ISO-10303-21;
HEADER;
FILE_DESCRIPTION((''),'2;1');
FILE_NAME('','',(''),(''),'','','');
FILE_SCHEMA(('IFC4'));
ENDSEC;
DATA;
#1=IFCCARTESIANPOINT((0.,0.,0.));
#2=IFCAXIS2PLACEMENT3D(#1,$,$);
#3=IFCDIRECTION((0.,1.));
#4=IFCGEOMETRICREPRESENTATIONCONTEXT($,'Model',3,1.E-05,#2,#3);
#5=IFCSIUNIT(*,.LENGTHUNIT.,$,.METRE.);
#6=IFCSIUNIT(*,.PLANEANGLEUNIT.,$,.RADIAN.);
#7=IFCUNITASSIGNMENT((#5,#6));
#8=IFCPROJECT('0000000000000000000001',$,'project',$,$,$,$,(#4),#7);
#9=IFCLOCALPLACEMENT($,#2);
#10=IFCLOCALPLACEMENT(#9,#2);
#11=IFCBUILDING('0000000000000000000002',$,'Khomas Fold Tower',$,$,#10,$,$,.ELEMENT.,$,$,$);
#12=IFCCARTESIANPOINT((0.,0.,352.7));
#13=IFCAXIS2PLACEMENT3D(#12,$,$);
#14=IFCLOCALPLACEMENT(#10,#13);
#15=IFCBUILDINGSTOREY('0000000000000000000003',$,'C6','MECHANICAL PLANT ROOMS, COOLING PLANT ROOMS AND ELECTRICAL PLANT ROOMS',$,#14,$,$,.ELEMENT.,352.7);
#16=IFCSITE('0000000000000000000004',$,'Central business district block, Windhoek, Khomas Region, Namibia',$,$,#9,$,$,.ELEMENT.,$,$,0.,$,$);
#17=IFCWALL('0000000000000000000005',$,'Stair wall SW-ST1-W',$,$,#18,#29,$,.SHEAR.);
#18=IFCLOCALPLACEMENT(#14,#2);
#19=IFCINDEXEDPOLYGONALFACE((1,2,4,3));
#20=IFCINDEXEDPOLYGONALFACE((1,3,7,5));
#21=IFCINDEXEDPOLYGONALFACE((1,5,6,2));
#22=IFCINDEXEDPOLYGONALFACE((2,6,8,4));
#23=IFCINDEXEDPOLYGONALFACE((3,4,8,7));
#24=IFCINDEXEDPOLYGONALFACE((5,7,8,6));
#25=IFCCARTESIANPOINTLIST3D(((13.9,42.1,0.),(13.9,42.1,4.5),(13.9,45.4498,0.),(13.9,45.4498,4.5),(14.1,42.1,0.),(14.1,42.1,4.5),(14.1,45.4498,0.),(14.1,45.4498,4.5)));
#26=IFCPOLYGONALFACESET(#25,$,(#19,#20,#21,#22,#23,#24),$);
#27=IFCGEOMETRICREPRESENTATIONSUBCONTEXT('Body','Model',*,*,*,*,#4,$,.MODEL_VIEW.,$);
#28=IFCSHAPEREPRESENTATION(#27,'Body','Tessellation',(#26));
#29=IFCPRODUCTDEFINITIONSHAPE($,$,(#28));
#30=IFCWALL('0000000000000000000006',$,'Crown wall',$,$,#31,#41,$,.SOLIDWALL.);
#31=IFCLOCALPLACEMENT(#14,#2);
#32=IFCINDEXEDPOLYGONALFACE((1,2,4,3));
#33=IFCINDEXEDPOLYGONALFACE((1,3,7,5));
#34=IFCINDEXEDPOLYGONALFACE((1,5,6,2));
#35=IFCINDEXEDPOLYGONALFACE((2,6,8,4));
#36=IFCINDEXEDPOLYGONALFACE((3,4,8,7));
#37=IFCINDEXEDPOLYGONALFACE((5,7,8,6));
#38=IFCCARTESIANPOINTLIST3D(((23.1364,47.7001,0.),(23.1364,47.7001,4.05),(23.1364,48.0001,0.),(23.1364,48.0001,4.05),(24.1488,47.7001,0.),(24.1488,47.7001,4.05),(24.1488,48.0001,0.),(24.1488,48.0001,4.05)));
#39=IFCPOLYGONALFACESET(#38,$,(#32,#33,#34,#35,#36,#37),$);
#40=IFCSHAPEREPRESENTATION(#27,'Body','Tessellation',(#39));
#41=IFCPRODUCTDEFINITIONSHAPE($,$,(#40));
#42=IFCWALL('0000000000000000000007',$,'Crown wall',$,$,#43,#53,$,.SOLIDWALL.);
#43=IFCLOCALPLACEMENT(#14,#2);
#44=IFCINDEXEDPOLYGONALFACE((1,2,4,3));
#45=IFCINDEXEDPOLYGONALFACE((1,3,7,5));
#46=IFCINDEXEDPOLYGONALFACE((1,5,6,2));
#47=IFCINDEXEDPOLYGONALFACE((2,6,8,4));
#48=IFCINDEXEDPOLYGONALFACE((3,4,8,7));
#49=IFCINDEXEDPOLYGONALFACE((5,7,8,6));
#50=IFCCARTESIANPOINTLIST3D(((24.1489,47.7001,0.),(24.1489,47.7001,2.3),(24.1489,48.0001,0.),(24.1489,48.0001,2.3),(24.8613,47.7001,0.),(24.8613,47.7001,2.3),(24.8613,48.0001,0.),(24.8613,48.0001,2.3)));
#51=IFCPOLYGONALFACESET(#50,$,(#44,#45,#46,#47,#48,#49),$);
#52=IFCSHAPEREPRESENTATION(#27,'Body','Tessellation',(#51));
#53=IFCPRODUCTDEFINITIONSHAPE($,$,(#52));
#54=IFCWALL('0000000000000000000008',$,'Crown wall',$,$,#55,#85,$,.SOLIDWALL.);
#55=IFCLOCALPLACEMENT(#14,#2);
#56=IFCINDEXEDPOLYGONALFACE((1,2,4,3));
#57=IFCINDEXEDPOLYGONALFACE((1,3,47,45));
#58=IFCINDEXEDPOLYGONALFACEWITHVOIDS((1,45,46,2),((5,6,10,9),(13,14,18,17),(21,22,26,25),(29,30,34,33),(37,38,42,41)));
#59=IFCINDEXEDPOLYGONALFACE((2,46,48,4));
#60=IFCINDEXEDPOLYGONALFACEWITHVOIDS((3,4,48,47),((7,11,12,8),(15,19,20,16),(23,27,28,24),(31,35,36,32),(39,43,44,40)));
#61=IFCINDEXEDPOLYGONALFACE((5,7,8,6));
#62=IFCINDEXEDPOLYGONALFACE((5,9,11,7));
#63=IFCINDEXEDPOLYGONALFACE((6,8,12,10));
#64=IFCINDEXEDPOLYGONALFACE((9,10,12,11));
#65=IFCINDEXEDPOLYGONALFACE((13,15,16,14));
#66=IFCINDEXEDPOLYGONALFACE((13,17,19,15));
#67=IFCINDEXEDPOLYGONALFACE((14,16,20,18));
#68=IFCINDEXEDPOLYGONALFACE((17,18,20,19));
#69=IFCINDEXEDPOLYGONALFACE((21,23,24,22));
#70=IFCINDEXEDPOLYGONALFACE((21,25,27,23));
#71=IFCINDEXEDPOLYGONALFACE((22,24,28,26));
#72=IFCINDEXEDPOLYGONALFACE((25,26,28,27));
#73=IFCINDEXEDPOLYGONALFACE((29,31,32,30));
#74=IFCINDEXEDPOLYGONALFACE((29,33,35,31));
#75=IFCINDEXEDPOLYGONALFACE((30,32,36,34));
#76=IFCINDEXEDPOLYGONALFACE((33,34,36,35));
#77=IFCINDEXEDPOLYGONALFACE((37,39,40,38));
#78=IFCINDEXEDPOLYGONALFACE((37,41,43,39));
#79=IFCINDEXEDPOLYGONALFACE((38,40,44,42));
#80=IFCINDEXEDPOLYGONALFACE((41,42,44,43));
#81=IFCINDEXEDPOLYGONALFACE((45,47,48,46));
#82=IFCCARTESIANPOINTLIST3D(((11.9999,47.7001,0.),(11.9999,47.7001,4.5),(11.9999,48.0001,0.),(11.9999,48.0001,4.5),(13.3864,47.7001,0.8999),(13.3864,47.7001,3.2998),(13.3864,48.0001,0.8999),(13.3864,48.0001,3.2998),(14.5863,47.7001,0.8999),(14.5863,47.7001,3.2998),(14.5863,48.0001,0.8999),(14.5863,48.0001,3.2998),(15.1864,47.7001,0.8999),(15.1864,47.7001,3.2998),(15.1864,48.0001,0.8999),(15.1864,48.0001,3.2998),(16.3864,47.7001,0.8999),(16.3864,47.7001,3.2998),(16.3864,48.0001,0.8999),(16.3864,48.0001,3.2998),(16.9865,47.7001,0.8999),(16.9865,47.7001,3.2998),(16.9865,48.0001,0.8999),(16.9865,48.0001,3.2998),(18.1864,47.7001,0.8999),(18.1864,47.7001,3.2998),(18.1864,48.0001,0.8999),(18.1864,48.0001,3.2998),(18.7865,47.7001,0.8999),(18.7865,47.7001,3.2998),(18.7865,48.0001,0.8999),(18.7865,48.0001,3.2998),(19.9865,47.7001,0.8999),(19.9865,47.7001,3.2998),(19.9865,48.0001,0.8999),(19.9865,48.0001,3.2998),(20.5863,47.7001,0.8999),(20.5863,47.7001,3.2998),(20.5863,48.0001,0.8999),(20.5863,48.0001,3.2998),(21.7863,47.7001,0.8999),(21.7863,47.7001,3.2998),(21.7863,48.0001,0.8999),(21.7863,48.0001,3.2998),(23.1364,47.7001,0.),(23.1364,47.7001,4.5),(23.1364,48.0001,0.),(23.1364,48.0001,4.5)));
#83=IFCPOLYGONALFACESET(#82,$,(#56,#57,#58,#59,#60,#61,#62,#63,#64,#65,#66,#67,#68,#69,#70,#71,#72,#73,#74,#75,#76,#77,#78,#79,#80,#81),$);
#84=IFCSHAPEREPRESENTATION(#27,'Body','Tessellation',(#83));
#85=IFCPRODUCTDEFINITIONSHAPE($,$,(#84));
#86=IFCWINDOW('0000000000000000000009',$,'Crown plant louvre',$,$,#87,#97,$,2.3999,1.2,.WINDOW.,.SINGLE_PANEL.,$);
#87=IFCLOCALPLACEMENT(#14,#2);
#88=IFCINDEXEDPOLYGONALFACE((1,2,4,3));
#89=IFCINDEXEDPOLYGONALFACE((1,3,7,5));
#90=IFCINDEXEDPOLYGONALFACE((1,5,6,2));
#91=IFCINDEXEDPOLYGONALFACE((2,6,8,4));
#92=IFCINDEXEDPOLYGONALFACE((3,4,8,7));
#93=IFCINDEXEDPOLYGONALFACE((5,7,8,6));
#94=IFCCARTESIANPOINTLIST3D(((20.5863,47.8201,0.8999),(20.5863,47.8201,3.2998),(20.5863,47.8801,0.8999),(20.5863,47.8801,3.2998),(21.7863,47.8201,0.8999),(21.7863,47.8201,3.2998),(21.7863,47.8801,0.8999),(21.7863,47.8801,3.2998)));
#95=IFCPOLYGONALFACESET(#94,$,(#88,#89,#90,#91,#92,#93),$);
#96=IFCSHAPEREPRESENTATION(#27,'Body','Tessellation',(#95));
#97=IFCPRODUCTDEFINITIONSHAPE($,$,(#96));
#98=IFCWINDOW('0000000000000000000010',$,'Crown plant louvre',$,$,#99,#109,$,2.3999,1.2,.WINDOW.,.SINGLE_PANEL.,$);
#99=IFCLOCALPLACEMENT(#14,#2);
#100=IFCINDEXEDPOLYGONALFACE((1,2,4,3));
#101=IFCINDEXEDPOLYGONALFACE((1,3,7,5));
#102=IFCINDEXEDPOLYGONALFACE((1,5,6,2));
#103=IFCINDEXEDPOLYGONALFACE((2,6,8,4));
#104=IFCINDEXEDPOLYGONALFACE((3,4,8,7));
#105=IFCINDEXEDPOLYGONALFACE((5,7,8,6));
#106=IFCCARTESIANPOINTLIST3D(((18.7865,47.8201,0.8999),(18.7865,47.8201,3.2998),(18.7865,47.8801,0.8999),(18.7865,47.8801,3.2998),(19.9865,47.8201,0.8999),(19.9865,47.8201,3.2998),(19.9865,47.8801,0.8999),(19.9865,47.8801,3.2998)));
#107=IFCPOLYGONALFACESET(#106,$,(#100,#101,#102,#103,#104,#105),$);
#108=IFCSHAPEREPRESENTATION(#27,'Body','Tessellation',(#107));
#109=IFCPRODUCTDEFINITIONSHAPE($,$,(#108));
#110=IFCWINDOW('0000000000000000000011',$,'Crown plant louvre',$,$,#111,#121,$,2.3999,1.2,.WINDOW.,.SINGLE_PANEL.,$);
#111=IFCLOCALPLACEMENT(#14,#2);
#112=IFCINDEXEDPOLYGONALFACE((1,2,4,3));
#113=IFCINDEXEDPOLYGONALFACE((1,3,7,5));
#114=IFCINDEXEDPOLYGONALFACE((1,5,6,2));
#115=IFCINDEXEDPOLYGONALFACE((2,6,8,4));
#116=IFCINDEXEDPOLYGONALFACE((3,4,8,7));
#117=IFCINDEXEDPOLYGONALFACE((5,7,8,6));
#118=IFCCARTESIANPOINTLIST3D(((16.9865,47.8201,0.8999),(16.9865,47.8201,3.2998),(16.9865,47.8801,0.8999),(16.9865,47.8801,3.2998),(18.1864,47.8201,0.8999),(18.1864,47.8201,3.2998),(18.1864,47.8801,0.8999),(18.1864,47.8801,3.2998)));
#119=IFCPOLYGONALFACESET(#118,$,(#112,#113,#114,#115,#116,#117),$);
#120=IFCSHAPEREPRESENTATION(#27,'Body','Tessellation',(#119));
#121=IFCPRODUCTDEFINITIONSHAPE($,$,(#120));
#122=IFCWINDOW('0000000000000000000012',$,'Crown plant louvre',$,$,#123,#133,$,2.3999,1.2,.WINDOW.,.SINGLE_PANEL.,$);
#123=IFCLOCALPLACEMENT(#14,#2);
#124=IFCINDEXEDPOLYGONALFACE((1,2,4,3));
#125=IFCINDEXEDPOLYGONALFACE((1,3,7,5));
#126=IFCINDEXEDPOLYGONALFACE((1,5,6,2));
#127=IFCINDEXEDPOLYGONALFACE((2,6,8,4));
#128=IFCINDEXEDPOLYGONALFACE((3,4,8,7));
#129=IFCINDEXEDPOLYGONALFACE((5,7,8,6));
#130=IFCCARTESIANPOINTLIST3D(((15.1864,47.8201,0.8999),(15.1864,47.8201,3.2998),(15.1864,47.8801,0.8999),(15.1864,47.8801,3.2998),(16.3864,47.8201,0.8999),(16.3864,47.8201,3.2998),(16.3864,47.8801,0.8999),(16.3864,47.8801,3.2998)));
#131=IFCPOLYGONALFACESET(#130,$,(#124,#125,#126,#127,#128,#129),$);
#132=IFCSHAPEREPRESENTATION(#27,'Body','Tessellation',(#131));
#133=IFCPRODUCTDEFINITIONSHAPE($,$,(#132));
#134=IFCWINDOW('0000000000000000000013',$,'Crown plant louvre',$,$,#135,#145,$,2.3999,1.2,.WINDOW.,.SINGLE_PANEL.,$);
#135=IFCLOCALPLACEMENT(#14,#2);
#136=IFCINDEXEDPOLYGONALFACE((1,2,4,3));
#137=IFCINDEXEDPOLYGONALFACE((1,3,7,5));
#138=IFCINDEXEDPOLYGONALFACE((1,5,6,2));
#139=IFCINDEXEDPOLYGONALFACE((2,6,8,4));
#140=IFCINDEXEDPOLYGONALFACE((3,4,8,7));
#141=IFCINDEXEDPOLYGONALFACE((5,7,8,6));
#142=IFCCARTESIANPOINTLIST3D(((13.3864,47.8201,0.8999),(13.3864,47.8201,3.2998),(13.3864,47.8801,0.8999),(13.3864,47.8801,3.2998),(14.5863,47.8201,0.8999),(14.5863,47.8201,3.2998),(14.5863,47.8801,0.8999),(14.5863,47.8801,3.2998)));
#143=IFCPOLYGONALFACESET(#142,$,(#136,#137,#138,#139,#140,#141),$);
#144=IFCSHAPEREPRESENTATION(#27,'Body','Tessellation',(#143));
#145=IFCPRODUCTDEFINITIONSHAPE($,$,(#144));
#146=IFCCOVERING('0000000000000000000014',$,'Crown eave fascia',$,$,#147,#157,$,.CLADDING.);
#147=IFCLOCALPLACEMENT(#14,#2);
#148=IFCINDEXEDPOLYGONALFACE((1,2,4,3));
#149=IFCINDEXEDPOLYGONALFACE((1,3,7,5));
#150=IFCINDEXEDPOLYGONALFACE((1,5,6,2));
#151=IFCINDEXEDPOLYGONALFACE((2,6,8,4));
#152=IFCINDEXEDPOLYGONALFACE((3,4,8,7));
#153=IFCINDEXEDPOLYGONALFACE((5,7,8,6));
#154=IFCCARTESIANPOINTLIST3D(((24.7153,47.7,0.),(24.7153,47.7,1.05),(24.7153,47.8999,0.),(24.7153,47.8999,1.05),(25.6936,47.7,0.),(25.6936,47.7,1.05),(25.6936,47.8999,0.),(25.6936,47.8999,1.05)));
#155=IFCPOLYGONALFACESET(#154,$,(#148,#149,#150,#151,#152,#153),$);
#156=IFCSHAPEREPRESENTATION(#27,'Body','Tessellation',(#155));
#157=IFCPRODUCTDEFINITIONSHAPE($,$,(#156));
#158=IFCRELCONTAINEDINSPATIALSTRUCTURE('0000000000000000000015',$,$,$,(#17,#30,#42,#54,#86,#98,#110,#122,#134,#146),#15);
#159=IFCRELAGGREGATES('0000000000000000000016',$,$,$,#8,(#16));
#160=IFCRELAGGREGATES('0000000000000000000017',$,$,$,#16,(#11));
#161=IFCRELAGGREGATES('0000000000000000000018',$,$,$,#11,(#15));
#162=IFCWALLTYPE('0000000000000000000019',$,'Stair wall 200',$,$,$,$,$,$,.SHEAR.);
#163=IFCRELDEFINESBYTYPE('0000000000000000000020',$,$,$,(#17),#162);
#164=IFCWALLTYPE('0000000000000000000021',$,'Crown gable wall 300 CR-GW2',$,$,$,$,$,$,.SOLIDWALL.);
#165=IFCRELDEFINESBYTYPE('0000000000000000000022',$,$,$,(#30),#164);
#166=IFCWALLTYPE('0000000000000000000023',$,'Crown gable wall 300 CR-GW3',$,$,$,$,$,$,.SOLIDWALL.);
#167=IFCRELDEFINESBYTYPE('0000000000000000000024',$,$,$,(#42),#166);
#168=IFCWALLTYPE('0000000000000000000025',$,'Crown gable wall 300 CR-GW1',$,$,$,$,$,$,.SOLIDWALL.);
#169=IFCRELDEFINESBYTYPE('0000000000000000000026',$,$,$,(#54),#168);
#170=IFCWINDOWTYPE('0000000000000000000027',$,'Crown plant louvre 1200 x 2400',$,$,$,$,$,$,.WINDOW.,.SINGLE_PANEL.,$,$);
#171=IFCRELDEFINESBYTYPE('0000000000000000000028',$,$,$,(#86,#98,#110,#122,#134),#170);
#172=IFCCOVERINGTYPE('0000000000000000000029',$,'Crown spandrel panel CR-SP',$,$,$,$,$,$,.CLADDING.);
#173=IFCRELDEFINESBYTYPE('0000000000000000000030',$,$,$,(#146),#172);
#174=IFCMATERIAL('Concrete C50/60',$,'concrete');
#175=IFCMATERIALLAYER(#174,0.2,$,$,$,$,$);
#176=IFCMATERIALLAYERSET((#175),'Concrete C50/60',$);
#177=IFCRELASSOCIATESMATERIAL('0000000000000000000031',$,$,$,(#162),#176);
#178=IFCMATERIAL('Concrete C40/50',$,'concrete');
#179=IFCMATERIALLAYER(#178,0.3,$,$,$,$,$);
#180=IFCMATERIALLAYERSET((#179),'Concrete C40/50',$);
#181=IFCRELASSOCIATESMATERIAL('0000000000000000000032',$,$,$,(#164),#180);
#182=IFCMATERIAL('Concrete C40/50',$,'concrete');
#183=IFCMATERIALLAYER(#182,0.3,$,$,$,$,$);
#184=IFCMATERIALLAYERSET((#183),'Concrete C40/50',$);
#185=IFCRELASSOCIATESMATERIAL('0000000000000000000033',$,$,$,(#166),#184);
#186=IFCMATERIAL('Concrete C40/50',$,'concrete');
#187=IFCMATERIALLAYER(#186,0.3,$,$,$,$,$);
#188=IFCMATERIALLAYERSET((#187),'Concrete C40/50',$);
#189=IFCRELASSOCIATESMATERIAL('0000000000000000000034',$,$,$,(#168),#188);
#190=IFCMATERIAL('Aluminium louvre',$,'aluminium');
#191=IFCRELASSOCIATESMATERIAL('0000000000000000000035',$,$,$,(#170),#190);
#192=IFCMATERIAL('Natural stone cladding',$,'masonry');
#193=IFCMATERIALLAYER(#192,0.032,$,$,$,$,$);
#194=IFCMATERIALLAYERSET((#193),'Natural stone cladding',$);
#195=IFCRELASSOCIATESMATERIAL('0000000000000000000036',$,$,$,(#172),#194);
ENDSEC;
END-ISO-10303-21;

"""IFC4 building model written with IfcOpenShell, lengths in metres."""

from ifc_helpers import new_model, si_unit, direction, frame, frame_2d, origin, place, context, subcontext, project, spatial, polyline, rectangle, outline, extrude, source, transform, mapped, material, layer, layer_set, type_object, element, fill, save


model = new_model("IFC4")

# Units and contexts
model_context = context("Model", 3, precision=1e-05, world=origin(), true_north=direction((0.0, 1.0)))
body_context = subcontext(model_context, "Body", "Model", "MODEL_VIEW")
ifc_project = project(units=[si_unit("LENGTHUNIT", "METRE"), si_unit("PLANEANGLEUNIT", "RADIAN")], contexts=[model_context])

# Site, building, storey
site_placement = place(None, origin())
site = spatial("IfcSite", under=ifc_project, at=site_placement, Name="Central business district block, Windhoek, Khomas Region, Namibia", CompositionType="ELEMENT", RefElevation=0.0)
building_placement = place(site_placement, origin())
building = spatial("IfcBuilding", under=site, at=building_placement, Name="Khomas Fold Tower", CompositionType="ELEMENT")
storey_placement = place(building_placement, frame((0.0, 0.0, 352.7)))
storey = spatial("IfcBuildingStorey", under=building, at=storey_placement, Name="C6", Description="MECHANICAL PLANT ROOMS, COOLING PLANT ROOMS AND ELECTRICAL PLANT ROOMS", CompositionType="ELEMENT", Elevation=352.7)

# Shared definitions
ifc_material_1 = material(Name="Concrete C50/60", Category="concrete")
ifc_layer_1 = layer(ifc_material_1, 0.2)
ifc_layer_set_1 = layer_set([ifc_layer_1], Name="Concrete C50/60")
wall_type_1 = type_object("IfcWallType", Name="Stair wall 200", PredefinedType="SHEAR", material=ifc_layer_set_1)

# Walls
shared_shape_1 = source(origin(), body_context, "Body", "SweptSolid", [
    extrude(rectangle(XDim=3.3499, YDim=0.2, at=frame_2d((1.6748, 0.0))), origin(), (0.0, 0.0, 1.0), 4.5),
])
for number, where, z_axis, x_axis, name in (
    (1, (14.0, 42.1001, 0.0), (0.0, 0.0, 1.0), (0.0, 1.0, 0.0), "Stair wall SW-ST1-W"),
):
    element("IfcWall", number, at=place(storey_placement, frame(where, z_axis=z_axis, x_axis=x_axis)), inside=storey, type_object=wall_type_1, Name=name, PredefinedType="SHEAR", context=body_context, shape_type="MappedRepresentation", body=[
        mapped(shared_shape_1, transform((0.0, 0.0, 0.0))),
    ])
ifc_material_2 = material(Name="Concrete C40/50", Category="concrete")
ifc_layer_2 = layer(ifc_material_2, 0.3)
ifc_layer_set_2 = layer_set([ifc_layer_2], Name="Concrete C40/50")
wall_type_2 = type_object("IfcWallType", Name="Crown gable wall 300 CR-GW2", PredefinedType="SOLIDWALL", material=ifc_layer_set_2)
shared_shape_2 = source(origin(), body_context, "Body", "SweptSolid", [
    extrude(rectangle(XDim=1.0125, YDim=0.3, at=frame_2d((0.5063, 0.0))), origin(), (0.0, 0.0, 1.0), 4.05),
])
wall_1_placement = place(storey_placement, frame((24.1489, 47.8501, 0.0), z_axis=(0.0, 0.0, 1.0), x_axis=(-1.0, 0.0, 0.0)))
element("IfcWall", 2, at=wall_1_placement, inside=storey, type_object=wall_type_2, Name="Crown wall", PredefinedType="SOLIDWALL", context=body_context, shape_type="MappedRepresentation", body=[
    mapped(shared_shape_2, transform((0.0, 0.0, 0.0))),
])
ifc_material_3 = material(Name="Concrete C40/50", Category="concrete")
ifc_layer_3 = layer(ifc_material_3, 0.3)
ifc_layer_set_3 = layer_set([ifc_layer_3], Name="Concrete C40/50")
wall_type_3 = type_object("IfcWallType", Name="Crown gable wall 300 CR-GW3", PredefinedType="SOLIDWALL", material=ifc_layer_set_3)
shared_shape_3 = source(origin(), body_context, "Body", "SweptSolid", [
    extrude(rectangle(XDim=0.7124, YDim=0.3, at=frame_2d((0.3562, 0.0))), origin(), (0.0, 0.0, 1.0), 2.3),
])
wall_2_placement = place(storey_placement, frame((24.8613, 47.8501, 0.0), z_axis=(0.0, 0.0, 1.0), x_axis=(-1.0, 0.0, 0.0)))
element("IfcWall", 3, at=wall_2_placement, inside=storey, type_object=wall_type_3, Name="Crown wall", PredefinedType="SOLIDWALL", context=body_context, shape_type="MappedRepresentation", body=[
    mapped(shared_shape_3, transform((0.0, 0.0, 0.0))),
])

# Wall, openings, windows
ifc_material_4 = material(Name="Concrete C40/50", Category="concrete")
ifc_layer_4 = layer(ifc_material_4, 0.3)
ifc_layer_set_4 = layer_set([ifc_layer_4], Name="Concrete C40/50")
wall_type_4 = type_object("IfcWallType", Name="Crown gable wall 300 CR-GW1", PredefinedType="SOLIDWALL", material=ifc_layer_set_4)
shared_shape_4 = source(origin(), body_context, "Body", "SweptSolid", [
    extrude(rectangle(XDim=11.1365, YDim=0.3, at=frame_2d((5.5684, 0.0))), origin(), (0.0, 0.0, 1.0), 4.5),
])
wall_3_placement = place(storey_placement, frame((23.1365, 47.8501, 0.0), z_axis=(0.0, 0.0, 1.0), x_axis=(-1.0, 0.0, 0.0)))
wall_3 = element("IfcWall", 4, at=wall_3_placement, inside=storey, type_object=wall_type_4, Name="Crown wall", PredefinedType="SOLIDWALL", context=body_context, shape_type="MappedRepresentation", body=[
    mapped(shared_shape_4, transform((0.0, 0.0, 0.0))),
])
shared_shape_5 = source(origin(), body_context, "Body", "SweptSolid", [
    extrude(rectangle(XDim=1.2, YDim=2.3999, at=frame_2d((0.6001, 1.2))), frame((0.0, 0.1599, 0.0), z_axis=(0.0, -1.0, 0.0), x_axis=(1.0, 0.0, 0.0)), (0.0, 0.0, 1.0), 0.3201),
])
opening_1_placement = place(wall_3_placement, frame((1.3501, 0.0, 0.8999)))
opening_1 = element("IfcOpeningElement", 5, at=opening_1_placement, cuts=wall_3, PredefinedType="OPENING", context=body_context, shape_type="MappedRepresentation", body=[
    mapped(shared_shape_5, transform((0.0, 0.0, 0.0))),
])
opening_2_placement = place(wall_3_placement, frame((3.1499, 0.0, 0.8999)))
opening_2 = element("IfcOpeningElement", 6, at=opening_2_placement, cuts=wall_3, PredefinedType="OPENING", context=body_context, shape_type="MappedRepresentation", body=[
    mapped(shared_shape_5, transform((0.0, 0.0, 0.0))),
])
opening_3_placement = place(wall_3_placement, frame((4.95, 0.0, 0.8999)))
opening_3 = element("IfcOpeningElement", 7, at=opening_3_placement, cuts=wall_3, PredefinedType="OPENING", context=body_context, shape_type="MappedRepresentation", body=[
    mapped(shared_shape_5, transform((0.0, 0.0, 0.0))),
])
opening_4_placement = place(wall_3_placement, frame((6.75, 0.0, 0.8999)))
opening_4 = element("IfcOpeningElement", 8, at=opening_4_placement, cuts=wall_3, PredefinedType="OPENING", context=body_context, shape_type="MappedRepresentation", body=[
    mapped(shared_shape_5, transform((0.0, 0.0, 0.0))),
])
opening_5_placement = place(wall_3_placement, frame((8.55, 0.0, 0.8999)))
opening_5 = element("IfcOpeningElement", 9, at=opening_5_placement, cuts=wall_3, PredefinedType="OPENING", context=body_context, shape_type="MappedRepresentation", body=[
    mapped(shared_shape_5, transform((0.0, 0.0, 0.0))),
])
ifc_material_5 = material(Name="Aluminium louvre", Category="aluminium")
window_type = type_object("IfcWindowType", Name="Crown plant louvre 1200 x 2400", PartitioningType="SINGLE_PANEL", PredefinedType="WINDOW", material=ifc_material_5)
shared_shape_6 = source(origin(), body_context, "Body", "SweptSolid", [
    extrude(rectangle(XDim=1.2, YDim=2.3999, at=frame_2d((0.6001, 1.2))), frame((0.0, 0.03, 0.0), z_axis=(0.0, -1.0, 0.0), x_axis=(1.0, 0.0, 0.0)), (0.0, 0.0, 1.0), 0.0601),
])
window_1_placement = place(opening_1_placement, origin())
window_1 = element("IfcWindow", 10, at=window_1_placement, inside=storey, type_object=window_type, Name="Crown plant louvre", OverallHeight=2.3999, OverallWidth=1.2, PartitioningType="SINGLE_PANEL", PredefinedType="WINDOW", context=body_context, shape_type="MappedRepresentation", body=[
    mapped(shared_shape_6, transform((0.0, 0.0, 0.0))),
])
fill(opening_1, window_1)
window_2_placement = place(opening_2_placement, origin())
window_2 = element("IfcWindow", 11, at=window_2_placement, inside=storey, type_object=window_type, Name="Crown plant louvre", OverallHeight=2.3999, OverallWidth=1.2, PartitioningType="SINGLE_PANEL", PredefinedType="WINDOW", context=body_context, shape_type="MappedRepresentation", body=[
    mapped(shared_shape_6, transform((0.0, 0.0, 0.0))),
])
fill(opening_2, window_2)
window_3_placement = place(opening_3_placement, origin())
window_3 = element("IfcWindow", 12, at=window_3_placement, inside=storey, type_object=window_type, Name="Crown plant louvre", OverallHeight=2.3999, OverallWidth=1.2, PartitioningType="SINGLE_PANEL", PredefinedType="WINDOW", context=body_context, shape_type="MappedRepresentation", body=[
    mapped(shared_shape_6, transform((0.0, 0.0, 0.0))),
])
fill(opening_3, window_3)
window_4_placement = place(opening_4_placement, origin())
window_4 = element("IfcWindow", 13, at=window_4_placement, inside=storey, type_object=window_type, Name="Crown plant louvre", OverallHeight=2.3999, OverallWidth=1.2, PartitioningType="SINGLE_PANEL", PredefinedType="WINDOW", context=body_context, shape_type="MappedRepresentation", body=[
    mapped(shared_shape_6, transform((0.0, 0.0, 0.0))),
])
fill(opening_4, window_4)
window_5_placement = place(opening_5_placement, origin())
window_5 = element("IfcWindow", 14, at=window_5_placement, inside=storey, type_object=window_type, Name="Crown plant louvre", OverallHeight=2.3999, OverallWidth=1.2, PartitioningType="SINGLE_PANEL", PredefinedType="WINDOW", context=body_context, shape_type="MappedRepresentation", body=[
    mapped(shared_shape_6, transform((0.0, 0.0, 0.0))),
])
fill(opening_5, window_5)

# Covering
ifc_material_6 = material(Name="Natural stone cladding", Category="masonry")
ifc_layer_5 = layer(ifc_material_6, 0.032)
ifc_layer_set_5 = layer_set([ifc_layer_5], Name="Natural stone cladding")
covering_type = type_object("IfcCoveringType", Name="Crown spandrel panel CR-SP", PredefinedType="CLADDING", material=ifc_layer_set_5)
covering_placement = place(storey_placement, frame((25.6936, 47.8999, 0.0), z_axis=(0.0, 1.0, 0.0), x_axis=(-1.0, 0.0, 0.0)))
element("IfcCovering", 15, at=covering_placement, inside=storey, type_object=covering_type, Name="Crown eave fascia", PredefinedType="CLADDING", context=body_context, shape_type="SweptSolid", body=[
    extrude(outline(polyline([(0.0, 0.0), (0.9783, 0.0), (0.9783, 1.05), (0.0, 1.05), (0.0, 0.0)])), origin(), (0.0, 0.0, -1.0), 0.2),
])

save(model, "model.ifc")
